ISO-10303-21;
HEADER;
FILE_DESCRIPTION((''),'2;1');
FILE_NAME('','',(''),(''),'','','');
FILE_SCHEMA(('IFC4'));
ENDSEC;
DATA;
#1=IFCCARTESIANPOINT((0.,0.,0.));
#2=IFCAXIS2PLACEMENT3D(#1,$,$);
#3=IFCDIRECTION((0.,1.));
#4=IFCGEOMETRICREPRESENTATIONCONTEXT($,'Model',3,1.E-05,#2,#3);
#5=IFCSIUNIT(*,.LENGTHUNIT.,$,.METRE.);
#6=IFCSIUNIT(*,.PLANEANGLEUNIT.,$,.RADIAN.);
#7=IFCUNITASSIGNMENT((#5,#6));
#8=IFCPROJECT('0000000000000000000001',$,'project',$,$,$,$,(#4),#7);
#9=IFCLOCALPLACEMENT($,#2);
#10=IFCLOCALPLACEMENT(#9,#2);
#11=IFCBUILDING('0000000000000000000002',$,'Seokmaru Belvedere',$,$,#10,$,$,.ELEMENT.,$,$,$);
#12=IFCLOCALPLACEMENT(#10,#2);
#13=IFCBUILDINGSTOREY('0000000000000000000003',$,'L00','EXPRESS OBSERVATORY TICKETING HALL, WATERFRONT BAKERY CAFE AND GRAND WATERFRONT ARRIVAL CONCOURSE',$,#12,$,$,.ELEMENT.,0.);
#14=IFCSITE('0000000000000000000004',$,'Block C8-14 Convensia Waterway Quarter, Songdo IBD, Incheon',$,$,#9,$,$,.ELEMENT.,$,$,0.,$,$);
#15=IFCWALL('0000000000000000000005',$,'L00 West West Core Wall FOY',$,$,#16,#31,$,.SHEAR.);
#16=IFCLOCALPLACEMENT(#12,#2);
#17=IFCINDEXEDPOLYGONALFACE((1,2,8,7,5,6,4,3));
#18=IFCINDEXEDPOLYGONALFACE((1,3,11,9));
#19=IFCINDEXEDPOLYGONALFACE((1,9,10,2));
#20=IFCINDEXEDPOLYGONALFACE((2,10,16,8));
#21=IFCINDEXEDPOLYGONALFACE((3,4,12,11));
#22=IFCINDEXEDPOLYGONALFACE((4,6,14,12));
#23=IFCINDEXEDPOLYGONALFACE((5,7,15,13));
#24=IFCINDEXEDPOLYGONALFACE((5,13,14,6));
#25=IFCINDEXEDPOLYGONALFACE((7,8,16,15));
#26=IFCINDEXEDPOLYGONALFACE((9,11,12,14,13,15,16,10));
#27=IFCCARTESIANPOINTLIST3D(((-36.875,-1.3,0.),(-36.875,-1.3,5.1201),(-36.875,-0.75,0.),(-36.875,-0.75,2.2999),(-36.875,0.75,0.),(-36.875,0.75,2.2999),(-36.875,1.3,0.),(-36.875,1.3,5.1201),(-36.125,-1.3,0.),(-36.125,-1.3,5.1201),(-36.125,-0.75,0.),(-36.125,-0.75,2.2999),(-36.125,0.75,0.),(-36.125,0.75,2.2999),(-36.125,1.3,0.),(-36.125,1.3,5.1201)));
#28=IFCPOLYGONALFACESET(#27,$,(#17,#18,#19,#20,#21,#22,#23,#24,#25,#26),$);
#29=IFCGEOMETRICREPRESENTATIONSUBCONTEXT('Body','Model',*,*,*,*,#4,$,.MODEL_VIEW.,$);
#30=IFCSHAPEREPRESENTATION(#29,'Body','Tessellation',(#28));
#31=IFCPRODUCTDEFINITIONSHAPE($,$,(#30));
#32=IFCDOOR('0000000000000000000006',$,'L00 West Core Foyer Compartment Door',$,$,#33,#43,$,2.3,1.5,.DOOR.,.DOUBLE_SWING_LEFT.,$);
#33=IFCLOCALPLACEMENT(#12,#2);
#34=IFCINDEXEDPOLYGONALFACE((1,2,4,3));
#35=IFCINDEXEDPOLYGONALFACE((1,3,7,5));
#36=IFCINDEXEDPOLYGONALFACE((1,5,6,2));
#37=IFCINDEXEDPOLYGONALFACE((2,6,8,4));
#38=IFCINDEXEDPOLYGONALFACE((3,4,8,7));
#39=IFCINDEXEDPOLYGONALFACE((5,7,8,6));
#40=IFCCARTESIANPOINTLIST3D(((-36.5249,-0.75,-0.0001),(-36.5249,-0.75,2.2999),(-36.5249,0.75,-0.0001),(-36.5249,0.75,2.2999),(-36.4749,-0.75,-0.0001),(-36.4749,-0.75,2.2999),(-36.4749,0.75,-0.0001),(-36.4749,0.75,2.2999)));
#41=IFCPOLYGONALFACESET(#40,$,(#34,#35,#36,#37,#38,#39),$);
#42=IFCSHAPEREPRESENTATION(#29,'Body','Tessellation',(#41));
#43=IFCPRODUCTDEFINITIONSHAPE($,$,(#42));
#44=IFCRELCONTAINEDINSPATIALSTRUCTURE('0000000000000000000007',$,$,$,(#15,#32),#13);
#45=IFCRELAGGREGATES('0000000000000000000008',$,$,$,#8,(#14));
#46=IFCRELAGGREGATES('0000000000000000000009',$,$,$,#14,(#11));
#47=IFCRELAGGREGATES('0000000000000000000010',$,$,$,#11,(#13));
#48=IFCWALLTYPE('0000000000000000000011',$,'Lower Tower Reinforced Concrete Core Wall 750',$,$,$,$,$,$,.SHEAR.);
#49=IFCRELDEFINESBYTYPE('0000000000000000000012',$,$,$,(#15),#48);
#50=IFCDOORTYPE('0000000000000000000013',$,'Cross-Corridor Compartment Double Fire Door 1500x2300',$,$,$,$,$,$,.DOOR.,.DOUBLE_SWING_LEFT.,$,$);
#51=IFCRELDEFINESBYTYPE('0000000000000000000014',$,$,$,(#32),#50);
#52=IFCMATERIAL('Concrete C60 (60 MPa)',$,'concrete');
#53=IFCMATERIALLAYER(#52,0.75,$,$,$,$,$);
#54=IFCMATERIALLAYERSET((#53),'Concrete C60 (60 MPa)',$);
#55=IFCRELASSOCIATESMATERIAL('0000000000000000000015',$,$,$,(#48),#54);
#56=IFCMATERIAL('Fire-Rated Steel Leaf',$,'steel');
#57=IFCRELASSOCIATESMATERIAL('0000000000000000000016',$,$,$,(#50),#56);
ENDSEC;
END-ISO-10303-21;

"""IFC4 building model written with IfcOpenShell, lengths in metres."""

from ifc_helpers import new_model, si_unit, direction, frame, frame_2d, origin, place, context, subcontext, project, spatial, rectangle, extrude, source, transform, mapped, material, layer, layer_set, type_object, type_shapes, element, fill, save


model = new_model("IFC4")

# Units and contexts
model_context = context("Model", 3, precision=1e-05, world=origin(), true_north=direction((0.0, 1.0)))
body_context = subcontext(model_context, "Body", "Model", "MODEL_VIEW")
ifc_project = project(units=[si_unit("LENGTHUNIT", "METRE"), si_unit("PLANEANGLEUNIT", "RADIAN")], contexts=[model_context])

# Site, building, storey
site_placement = place(None, origin())
site = spatial("IfcSite", under=ifc_project, at=site_placement, Name="Block C8-14 Convensia Waterway Quarter, Songdo IBD, Incheon", CompositionType="ELEMENT", RefElevation=0.0)
building_placement = place(site_placement, origin())
building = spatial("IfcBuilding", under=site, at=building_placement, Name="Seokmaru Belvedere", CompositionType="ELEMENT")
storey_placement = place(building_placement, origin())
storey = spatial("IfcBuildingStorey", under=building, at=storey_placement, Name="L00", Description="EXPRESS OBSERVATORY TICKETING HALL, WATERFRONT BAKERY CAFE AND GRAND WATERFRONT ARRIVAL CONCOURSE", CompositionType="ELEMENT", Elevation=0.0)

# Shared definitions
ifc_material_1 = material(Name="Fire-Rated Steel Leaf", Category="steel")

# Wall, opening, door
ifc_material_2 = material(Name="Concrete C60 (60 MPa)", Category="concrete")
ifc_layer_1 = layer(ifc_material_2, 0.75)
ifc_layer_set_1 = layer_set([ifc_layer_1], Name="Concrete C60 (60 MPa)")
wall_type_1 = type_object("IfcWallType", Name="Lower Tower Reinforced Concrete Core Wall 750", PredefinedType="SHEAR", material=ifc_layer_set_1)
wall_1_placement = place(storey_placement, frame((-36.5, -1.3, 0.0), z_axis=(0.0, 0.0, 1.0), x_axis=(0.0, 1.0, 0.0)))
wall_1 = element("IfcWall", 1, at=wall_1_placement, inside=storey, type_object=wall_type_1, Name="L00 West West Core Wall FOY", PredefinedType="SHEAR", context=body_context, shape_type="SweptSolid", body=[
    extrude(rectangle(XDim=2.6001, YDim=0.75, at=frame_2d((1.3, 0.0))), origin(), (0.0, 0.0, 1.0), 5.1201),
])
opening_1_placement = place(wall_1_placement, frame((0.55, 0.0, 0.0)))
opening_1 = element("IfcOpeningElement", 2, at=opening_1_placement, cuts=wall_1, PredefinedType="OPENING", context=body_context, shape_type="SweptSolid", body=[
    extrude(rectangle(XDim=1.5, YDim=2.3, at=frame_2d((0.75, 1.1499))), frame((0.0, 0.385, 0.0), z_axis=(0.0, -1.0, 0.0), x_axis=(1.0, 0.0, 0.0)), (0.0, 0.0, 1.0), 0.77),
])
door_type_1 = type_object("IfcDoorType", Name="Cross-Corridor Compartment Double Fire Door 1500x2300", OperationType="DOUBLE_SWING_LEFT", PredefinedType="DOOR", material=ifc_material_1)
shared_shape_1 = source(origin(), body_context, "Body", "SweptSolid", [
    extrude(rectangle(XDim=1.5, YDim=2.3, at=frame_2d((0.75, 1.1499))), frame((0.0, 0.0249, 0.0), z_axis=(0.0, -1.0, 0.0), x_axis=(1.0, 0.0, 0.0)), (0.0, 0.0, 1.0), 0.05),
])
type_shapes(door_type_1, [shared_shape_1])
door_1_placement = place(opening_1_placement, origin())
door_1 = element("IfcDoor", 3, at=door_1_placement, inside=storey, type_object=door_type_1, Name="L00 West Core Foyer Compartment Door", OperationType="DOUBLE_SWING_LEFT", OverallHeight=2.3, OverallWidth=1.5, PredefinedType="DOOR", context=body_context, shape_type="MappedRepresentation", body=[
    mapped(shared_shape_1, transform((0.0, 0.0, 0.0), scale=1.0)),
])
fill(opening_1, door_1)

save(model, "model.ifc")
